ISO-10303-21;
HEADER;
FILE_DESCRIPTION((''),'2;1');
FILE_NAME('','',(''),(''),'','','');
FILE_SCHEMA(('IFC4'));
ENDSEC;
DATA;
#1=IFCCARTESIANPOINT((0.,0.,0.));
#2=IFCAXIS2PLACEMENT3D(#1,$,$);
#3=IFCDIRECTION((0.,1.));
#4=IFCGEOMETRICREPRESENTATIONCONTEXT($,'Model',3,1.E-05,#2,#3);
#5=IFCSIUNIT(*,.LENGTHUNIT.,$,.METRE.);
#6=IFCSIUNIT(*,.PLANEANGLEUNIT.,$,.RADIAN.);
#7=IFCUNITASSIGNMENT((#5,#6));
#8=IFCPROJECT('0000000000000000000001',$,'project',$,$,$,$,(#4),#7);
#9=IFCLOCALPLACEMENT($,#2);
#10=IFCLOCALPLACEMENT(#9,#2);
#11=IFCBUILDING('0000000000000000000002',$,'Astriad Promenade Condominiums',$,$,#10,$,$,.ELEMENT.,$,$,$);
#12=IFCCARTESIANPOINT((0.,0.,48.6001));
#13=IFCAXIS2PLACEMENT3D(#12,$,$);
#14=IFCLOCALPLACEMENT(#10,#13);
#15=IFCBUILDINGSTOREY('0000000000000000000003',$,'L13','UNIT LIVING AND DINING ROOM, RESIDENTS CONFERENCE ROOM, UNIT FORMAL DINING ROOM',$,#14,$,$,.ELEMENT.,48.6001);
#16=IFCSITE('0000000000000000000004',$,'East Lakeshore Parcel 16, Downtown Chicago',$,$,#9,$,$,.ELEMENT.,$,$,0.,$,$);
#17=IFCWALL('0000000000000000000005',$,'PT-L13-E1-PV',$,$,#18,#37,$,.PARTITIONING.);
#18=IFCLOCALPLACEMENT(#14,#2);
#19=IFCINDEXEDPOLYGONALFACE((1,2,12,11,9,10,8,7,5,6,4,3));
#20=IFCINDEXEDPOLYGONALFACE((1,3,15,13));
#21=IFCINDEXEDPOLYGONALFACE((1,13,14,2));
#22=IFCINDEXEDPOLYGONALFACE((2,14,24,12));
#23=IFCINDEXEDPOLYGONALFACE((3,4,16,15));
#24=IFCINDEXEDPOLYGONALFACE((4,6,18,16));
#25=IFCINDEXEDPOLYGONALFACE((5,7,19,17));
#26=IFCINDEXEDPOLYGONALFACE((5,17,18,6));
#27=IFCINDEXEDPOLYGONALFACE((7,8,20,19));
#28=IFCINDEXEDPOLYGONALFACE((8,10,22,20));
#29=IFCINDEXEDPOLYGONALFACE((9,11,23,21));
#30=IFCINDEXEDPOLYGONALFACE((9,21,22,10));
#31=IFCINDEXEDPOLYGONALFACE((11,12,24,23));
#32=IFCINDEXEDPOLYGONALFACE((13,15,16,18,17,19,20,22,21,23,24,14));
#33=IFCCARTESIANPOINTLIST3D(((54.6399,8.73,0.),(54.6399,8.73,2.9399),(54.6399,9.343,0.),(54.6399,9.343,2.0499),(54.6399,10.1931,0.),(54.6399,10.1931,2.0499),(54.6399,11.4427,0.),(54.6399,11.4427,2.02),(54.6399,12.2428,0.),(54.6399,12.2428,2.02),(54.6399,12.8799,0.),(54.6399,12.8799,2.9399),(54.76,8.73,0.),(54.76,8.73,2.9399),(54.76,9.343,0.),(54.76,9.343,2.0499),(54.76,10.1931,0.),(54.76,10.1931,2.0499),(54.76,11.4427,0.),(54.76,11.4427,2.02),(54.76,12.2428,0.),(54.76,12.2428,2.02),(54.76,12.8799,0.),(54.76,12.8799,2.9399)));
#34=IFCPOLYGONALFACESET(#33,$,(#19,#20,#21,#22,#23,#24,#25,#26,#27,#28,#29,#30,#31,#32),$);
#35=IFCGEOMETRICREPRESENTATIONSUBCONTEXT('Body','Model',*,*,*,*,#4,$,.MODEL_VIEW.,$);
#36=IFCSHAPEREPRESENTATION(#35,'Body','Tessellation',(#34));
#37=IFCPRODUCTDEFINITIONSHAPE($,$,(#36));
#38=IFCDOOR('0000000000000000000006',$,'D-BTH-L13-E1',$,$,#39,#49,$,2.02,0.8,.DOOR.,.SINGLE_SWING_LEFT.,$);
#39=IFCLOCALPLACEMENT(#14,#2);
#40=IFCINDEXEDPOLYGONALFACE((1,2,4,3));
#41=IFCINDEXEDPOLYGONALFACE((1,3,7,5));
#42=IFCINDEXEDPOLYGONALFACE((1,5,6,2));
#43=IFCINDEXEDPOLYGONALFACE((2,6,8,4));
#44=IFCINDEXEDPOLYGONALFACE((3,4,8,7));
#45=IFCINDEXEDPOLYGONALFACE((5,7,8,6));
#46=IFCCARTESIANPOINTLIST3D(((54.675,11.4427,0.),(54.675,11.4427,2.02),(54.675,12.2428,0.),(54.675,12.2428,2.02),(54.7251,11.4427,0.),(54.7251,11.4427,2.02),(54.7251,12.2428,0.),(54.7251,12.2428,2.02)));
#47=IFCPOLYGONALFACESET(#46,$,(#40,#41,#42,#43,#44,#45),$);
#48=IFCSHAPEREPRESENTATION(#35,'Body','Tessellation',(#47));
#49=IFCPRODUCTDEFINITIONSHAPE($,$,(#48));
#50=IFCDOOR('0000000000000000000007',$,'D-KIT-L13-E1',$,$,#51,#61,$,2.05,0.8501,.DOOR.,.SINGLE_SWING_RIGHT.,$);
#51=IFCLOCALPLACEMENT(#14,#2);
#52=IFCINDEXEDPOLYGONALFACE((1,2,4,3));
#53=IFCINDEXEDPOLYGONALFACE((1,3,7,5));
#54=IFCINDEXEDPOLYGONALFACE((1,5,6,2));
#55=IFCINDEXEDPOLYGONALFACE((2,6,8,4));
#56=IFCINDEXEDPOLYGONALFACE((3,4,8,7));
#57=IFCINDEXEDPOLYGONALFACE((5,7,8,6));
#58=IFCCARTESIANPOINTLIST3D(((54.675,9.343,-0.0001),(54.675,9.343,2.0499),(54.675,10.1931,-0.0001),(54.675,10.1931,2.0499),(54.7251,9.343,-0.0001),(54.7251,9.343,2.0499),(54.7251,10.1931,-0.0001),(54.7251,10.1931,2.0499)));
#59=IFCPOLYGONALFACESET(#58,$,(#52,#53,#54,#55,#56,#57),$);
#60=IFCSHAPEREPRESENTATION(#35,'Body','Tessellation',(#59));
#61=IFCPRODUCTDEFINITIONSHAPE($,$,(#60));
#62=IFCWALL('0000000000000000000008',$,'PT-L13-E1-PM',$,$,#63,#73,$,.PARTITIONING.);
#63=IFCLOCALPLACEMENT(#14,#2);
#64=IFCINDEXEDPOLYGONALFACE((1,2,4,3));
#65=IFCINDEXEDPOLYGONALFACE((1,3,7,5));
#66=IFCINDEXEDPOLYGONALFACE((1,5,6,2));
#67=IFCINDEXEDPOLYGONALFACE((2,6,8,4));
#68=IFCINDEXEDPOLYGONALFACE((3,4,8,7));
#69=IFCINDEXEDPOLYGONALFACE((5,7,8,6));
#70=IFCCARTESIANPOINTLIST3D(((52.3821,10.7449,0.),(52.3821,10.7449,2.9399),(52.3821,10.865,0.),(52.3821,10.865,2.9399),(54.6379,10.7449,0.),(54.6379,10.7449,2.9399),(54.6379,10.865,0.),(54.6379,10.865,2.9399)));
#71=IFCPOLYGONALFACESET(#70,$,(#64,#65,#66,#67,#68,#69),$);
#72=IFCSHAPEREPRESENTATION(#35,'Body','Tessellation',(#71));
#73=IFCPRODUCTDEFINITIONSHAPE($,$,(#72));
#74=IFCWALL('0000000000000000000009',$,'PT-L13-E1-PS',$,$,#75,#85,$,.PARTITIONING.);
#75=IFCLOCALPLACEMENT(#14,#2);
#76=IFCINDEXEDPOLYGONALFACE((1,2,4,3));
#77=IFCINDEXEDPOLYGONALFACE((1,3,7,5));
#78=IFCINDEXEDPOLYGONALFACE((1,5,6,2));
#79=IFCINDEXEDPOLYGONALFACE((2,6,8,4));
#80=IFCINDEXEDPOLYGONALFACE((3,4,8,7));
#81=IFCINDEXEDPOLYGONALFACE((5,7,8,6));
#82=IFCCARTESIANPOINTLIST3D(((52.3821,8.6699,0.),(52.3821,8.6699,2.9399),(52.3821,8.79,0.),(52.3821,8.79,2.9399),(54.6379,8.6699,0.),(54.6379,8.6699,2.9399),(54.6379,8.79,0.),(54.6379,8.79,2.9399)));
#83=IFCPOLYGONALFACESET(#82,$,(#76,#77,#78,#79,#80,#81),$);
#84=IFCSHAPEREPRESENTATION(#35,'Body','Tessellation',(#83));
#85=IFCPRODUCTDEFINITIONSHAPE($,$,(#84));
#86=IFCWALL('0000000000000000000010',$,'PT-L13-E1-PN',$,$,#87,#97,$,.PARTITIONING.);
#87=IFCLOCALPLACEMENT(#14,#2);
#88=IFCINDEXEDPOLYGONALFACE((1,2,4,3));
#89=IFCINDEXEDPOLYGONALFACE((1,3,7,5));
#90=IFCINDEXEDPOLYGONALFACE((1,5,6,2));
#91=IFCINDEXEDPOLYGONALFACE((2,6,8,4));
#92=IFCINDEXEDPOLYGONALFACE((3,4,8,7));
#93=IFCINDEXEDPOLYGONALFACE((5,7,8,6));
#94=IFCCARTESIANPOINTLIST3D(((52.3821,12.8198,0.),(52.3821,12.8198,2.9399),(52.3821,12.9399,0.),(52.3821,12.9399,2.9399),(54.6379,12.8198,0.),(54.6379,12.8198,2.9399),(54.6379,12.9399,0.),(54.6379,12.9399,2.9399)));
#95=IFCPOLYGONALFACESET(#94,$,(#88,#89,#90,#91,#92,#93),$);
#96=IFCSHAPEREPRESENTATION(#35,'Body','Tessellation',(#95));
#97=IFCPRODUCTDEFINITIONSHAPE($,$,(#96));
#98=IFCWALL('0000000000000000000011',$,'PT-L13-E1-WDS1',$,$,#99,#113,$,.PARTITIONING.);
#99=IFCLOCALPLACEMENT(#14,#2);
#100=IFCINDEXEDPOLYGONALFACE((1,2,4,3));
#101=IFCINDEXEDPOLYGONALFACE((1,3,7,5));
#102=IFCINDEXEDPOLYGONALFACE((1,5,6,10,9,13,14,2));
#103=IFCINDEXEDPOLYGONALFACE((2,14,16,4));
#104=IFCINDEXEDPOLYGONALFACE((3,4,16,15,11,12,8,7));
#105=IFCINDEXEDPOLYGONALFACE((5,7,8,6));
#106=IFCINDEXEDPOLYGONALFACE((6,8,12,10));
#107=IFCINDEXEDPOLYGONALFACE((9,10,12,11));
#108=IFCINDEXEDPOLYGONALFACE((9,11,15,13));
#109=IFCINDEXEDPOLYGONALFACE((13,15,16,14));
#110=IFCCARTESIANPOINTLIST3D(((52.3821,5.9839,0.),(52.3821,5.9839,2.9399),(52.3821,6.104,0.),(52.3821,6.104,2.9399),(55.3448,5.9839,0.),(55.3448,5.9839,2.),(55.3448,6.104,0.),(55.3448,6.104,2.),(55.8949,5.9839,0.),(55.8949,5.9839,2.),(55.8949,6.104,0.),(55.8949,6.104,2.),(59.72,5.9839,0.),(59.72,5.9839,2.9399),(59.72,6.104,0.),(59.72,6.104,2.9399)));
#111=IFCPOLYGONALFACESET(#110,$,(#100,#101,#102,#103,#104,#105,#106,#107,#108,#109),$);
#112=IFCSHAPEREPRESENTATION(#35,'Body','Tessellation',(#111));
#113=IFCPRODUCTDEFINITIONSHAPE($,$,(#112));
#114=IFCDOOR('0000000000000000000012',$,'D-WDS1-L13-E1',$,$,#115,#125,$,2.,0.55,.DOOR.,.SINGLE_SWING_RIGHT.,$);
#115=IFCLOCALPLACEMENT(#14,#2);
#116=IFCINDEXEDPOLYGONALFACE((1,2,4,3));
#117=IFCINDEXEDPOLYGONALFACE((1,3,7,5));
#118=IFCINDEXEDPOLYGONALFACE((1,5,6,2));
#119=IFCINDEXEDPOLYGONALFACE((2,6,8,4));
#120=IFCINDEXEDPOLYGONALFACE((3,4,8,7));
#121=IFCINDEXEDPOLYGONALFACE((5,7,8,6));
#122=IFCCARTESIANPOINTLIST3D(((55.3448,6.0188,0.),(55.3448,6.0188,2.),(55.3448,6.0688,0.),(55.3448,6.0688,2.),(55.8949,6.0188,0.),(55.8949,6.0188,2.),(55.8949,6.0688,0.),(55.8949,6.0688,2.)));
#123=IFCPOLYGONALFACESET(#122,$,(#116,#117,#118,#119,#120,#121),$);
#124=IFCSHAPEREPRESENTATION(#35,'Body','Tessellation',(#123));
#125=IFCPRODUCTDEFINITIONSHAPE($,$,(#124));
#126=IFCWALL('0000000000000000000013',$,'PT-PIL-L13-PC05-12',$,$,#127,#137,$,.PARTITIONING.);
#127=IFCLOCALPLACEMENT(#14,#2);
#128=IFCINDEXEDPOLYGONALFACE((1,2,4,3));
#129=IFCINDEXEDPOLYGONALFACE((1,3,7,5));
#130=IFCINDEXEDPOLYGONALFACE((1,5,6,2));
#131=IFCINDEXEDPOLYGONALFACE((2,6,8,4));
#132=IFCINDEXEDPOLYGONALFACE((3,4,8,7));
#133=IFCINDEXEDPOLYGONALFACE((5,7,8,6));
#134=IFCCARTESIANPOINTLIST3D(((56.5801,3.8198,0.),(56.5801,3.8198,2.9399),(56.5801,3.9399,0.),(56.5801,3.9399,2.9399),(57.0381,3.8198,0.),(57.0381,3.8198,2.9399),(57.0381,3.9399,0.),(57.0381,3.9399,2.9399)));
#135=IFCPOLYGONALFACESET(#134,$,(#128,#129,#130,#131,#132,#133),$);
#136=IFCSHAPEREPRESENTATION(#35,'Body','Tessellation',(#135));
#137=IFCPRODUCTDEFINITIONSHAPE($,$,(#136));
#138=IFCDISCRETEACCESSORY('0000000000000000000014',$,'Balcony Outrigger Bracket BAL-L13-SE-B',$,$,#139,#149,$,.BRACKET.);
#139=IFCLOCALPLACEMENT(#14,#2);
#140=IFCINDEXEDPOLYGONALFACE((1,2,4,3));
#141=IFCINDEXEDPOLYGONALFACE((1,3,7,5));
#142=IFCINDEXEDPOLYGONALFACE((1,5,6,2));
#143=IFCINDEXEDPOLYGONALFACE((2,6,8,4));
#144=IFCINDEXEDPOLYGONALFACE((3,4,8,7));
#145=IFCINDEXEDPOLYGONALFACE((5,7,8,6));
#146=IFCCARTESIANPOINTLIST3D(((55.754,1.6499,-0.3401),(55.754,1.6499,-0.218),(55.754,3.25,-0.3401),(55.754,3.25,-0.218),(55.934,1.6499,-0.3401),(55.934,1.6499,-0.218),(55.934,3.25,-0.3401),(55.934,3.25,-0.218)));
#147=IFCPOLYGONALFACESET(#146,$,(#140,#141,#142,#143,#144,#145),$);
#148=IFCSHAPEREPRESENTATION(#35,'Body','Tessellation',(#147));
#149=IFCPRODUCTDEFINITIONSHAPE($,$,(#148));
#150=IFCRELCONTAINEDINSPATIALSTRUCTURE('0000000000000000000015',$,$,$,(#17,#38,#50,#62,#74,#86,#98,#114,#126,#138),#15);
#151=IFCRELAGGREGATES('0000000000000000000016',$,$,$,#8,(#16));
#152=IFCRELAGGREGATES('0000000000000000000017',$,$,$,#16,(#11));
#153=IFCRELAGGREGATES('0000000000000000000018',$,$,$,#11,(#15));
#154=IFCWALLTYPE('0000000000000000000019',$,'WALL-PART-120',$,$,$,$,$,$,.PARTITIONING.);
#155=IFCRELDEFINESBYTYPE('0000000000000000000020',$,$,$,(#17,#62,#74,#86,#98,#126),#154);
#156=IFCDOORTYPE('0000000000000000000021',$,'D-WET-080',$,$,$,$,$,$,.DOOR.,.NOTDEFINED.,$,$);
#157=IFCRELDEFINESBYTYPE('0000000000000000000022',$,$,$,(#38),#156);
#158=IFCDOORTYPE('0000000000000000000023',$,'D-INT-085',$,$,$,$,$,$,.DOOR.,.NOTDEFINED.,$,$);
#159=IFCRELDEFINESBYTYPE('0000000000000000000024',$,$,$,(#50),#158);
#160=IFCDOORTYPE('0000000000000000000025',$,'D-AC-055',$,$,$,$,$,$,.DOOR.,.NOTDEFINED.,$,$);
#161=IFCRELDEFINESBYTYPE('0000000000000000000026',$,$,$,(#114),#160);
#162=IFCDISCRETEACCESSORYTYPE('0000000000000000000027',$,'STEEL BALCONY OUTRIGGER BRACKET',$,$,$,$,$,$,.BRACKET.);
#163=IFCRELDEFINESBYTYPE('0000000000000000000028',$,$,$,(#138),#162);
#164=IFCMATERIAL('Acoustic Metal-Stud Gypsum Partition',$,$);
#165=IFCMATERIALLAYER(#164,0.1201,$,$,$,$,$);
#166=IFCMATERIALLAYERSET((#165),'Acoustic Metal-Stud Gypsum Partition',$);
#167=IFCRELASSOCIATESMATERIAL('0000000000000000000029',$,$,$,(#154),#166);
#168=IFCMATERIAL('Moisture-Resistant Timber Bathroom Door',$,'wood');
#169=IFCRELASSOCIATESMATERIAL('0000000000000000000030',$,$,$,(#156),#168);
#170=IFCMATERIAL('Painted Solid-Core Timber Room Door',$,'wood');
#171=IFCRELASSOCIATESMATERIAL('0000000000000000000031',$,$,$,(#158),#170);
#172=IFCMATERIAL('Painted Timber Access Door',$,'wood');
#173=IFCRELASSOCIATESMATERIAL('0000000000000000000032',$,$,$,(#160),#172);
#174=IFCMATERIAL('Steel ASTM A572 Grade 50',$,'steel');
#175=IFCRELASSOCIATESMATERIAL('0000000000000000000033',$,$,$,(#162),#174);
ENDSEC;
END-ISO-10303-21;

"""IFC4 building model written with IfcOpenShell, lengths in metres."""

from ifc_helpers import new_model, si_unit, direction, frame, frame_2d, origin, origin_2d, place, context, subcontext, project, spatial, rectangle, extrude, source, transform, mapped, material, layer, layer_set, type_object, type_shapes, element, fill, save


model = new_model("IFC4")

# Units and contexts
model_context = context("Model", 3, precision=1e-05, world=origin(), true_north=direction((0.0, 1.0)))
body_context = subcontext(model_context, "Body", "Model", "MODEL_VIEW")
ifc_project = project(units=[si_unit("LENGTHUNIT", "METRE"), si_unit("PLANEANGLEUNIT", "RADIAN")], contexts=[model_context])

# Site, building, storey
site_placement = place(None, origin())
site = spatial("IfcSite", under=ifc_project, at=site_placement, Name="East Lakeshore Parcel 16, Downtown Chicago", CompositionType="ELEMENT", RefElevation=0.0)
building_placement = place(site_placement, origin())
building = spatial("IfcBuilding", under=site, at=building_placement, Name="Astriad Promenade Condominiums", CompositionType="ELEMENT")
storey_placement = place(building_placement, frame((0.0, 0.0, 48.6001)))
storey = spatial("IfcBuildingStorey", under=building, at=storey_placement, Name="L13", Description="UNIT LIVING AND DINING ROOM, RESIDENTS CONFERENCE ROOM, UNIT FORMAL DINING ROOM", CompositionType="ELEMENT", Elevation=48.6001)

# Shared definitions
ifc_material_1 = material(Name="Acoustic Metal-Stud Gypsum Partition")
ifc_layer_1 = layer(ifc_material_1, 0.1201)
ifc_layer_set_1 = layer_set([ifc_layer_1], Name="Acoustic Metal-Stud Gypsum Partition")
wall_type_1 = type_object("IfcWallType", Name="WALL-PART-120", PredefinedType="PARTITIONING", material=ifc_layer_set_1)

# Wall, openings, doors
wall_1_placement = place(storey_placement, frame((54.7, 8.73, 0.0), z_axis=(0.0, 0.0, 1.0), x_axis=(0.0, 1.0, 0.0)))
wall_1 = element("IfcWall", 1, at=wall_1_placement, inside=storey, type_object=wall_type_1, Name="PT-L13-E1-PV", PredefinedType="PARTITIONING", context=body_context, shape_type="SweptSolid", body=[
    extrude(rectangle(XDim=4.1499, YDim=0.1201, at=frame_2d((2.075, 0.0))), origin(), (0.0, 0.0, 1.0), 2.9399),
])
opening_1_placement = place(wall_1_placement, frame((0.613, 0.0, 0.0)))
opening_1 = element("IfcOpeningElement", 2, at=opening_1_placement, cuts=wall_1, PredefinedType="OPENING", context=body_context, shape_type="SweptSolid", body=[
    extrude(rectangle(XDim=0.8501, YDim=2.05, at=frame_2d((0.425, 1.0249))), frame((0.0, 0.0701, 0.0), z_axis=(0.0, -1.0, 0.0), x_axis=(1.0, 0.0, 0.0)), (0.0, 0.0, 1.0), 0.1401),
])
opening_2_placement = place(wall_1_placement, frame((2.7129, 0.0, 0.0)))
opening_2 = element("IfcOpeningElement", 3, at=opening_2_placement, cuts=wall_1, PredefinedType="OPENING", context=body_context, shape_type="SweptSolid", body=[
    extrude(rectangle(XDim=0.8, YDim=2.02, at=frame_2d((0.3999, 1.01))), frame((0.0, 0.0701, 0.0), z_axis=(0.0, -1.0, 0.0), x_axis=(1.0, 0.0, 0.0)), (0.0, 0.0, 1.0), 0.1401),
])
ifc_material_2 = material(Name="Moisture-Resistant Timber Bathroom Door", Category="wood")
door_type_1 = type_object("IfcDoorType", Name="D-WET-080", OperationType="NOTDEFINED", PredefinedType="DOOR", material=ifc_material_2)
shared_shape_1 = source(origin(), body_context, "Body", "SweptSolid", [
    extrude(rectangle(XDim=0.8, YDim=2.02, at=frame_2d((0.3999, 1.01))), frame((0.0, 0.0249, 0.0), z_axis=(0.0, -1.0, 0.0), x_axis=(1.0, 0.0, 0.0)), (0.0, 0.0, 1.0), 0.05),
])
type_shapes(door_type_1, [shared_shape_1])
door_1_placement = place(opening_2_placement, origin())
door_1 = element("IfcDoor", 4, at=door_1_placement, inside=storey, type_object=door_type_1, Name="D-BTH-L13-E1", OperationType="SINGLE_SWING_LEFT", OverallHeight=2.02, OverallWidth=0.8, PredefinedType="DOOR", context=body_context, shape_type="MappedRepresentation", body=[
    mapped(shared_shape_1, transform((0.0, 0.0, 0.0), scale=1.0)),
])
fill(opening_2, door_1)
ifc_material_3 = material(Name="Painted Solid-Core Timber Room Door", Category="wood")
door_type_2 = type_object("IfcDoorType", Name="D-INT-085", OperationType="NOTDEFINED", PredefinedType="DOOR", material=ifc_material_3)
shared_shape_2 = source(origin(), body_context, "Body", "SweptSolid", [
    extrude(rectangle(XDim=0.8501, YDim=2.05, at=frame_2d((0.425, 1.0249))), frame((0.0, 0.0249, 0.0), z_axis=(0.0, -1.0, 0.0), x_axis=(1.0, 0.0, 0.0)), (0.0, 0.0, 1.0), 0.05),
])
type_shapes(door_type_2, [shared_shape_2])
door_2_placement = place(opening_1_placement, origin())
door_2 = element("IfcDoor", 5, at=door_2_placement, inside=storey, type_object=door_type_2, Name="D-KIT-L13-E1", OperationType="SINGLE_SWING_RIGHT", OverallHeight=2.05, OverallWidth=0.8501, PredefinedType="DOOR", context=body_context, shape_type="MappedRepresentation", body=[
    mapped(shared_shape_2, transform((0.0, 0.0, 0.0), scale=1.0)),
])
fill(opening_1, door_2)

# Walls
for number, where, z_axis, x_axis, name in (
    (6, (52.3821, 10.8049, 0.0), (0.0, 0.0, 1.0), (1.0, 0.0, 0.0), "PT-L13-E1-PM"),
    (7, (52.3821, 8.73, 0.0), (0.0, 0.0, 1.0), (1.0, 0.0, 0.0), "PT-L13-E1-PS"),
    (8, (52.3821, 12.8799, 0.0), (0.0, 0.0, 1.0), (1.0, 0.0, 0.0), "PT-L13-E1-PN"),
):
    element("IfcWall", number, at=place(storey_placement, frame(where, z_axis=z_axis, x_axis=x_axis)), inside=storey, type_object=wall_type_1, Name=name, PredefinedType="PARTITIONING", context=body_context, shape_type="SweptSolid", body=[
        extrude(rectangle(XDim=2.2559, YDim=0.1201, at=frame_2d((1.1279, 0.0))), origin(), (0.0, 0.0, 1.0), 2.9399),
    ])

# Wall, opening, door
wall_2_placement = place(storey_placement, frame((52.3821, 6.0439, 0.0), z_axis=(0.0, 0.0, 1.0), x_axis=(1.0, 0.0, 0.0)))
wall_2 = element("IfcWall", 9, at=wall_2_placement, inside=storey, type_object=wall_type_1, Name="PT-L13-E1-WDS1", PredefinedType="PARTITIONING", context=body_context, shape_type="SweptSolid", body=[
    extrude(rectangle(XDim=7.3379, YDim=0.1201, at=frame_2d((3.6689, 0.0))), origin(), (0.0, 0.0, 1.0), 2.9399),
])
opening_3_placement = place(wall_2_placement, frame((2.9629, 0.0, 0.0)))
opening_3 = element("IfcOpeningElement", 10, at=opening_3_placement, cuts=wall_2, PredefinedType="OPENING", context=body_context, shape_type="SweptSolid", body=[
    extrude(rectangle(XDim=0.55, YDim=2.0, at=frame_2d((0.2749, 1.0))), frame((0.0, 0.0701, 0.0), z_axis=(0.0, -1.0, 0.0), x_axis=(1.0, 0.0, 0.0)), (0.0, 0.0, 1.0), 0.1401),
])
ifc_material_4 = material(Name="Painted Timber Access Door", Category="wood")
door_type_3 = type_object("IfcDoorType", Name="D-AC-055", OperationType="NOTDEFINED", PredefinedType="DOOR", material=ifc_material_4)
shared_shape_3 = source(origin(), body_context, "Body", "SweptSolid", [
    extrude(rectangle(XDim=0.55, YDim=2.0, at=frame_2d((0.2749, 1.0))), frame((0.0, 0.0249, 0.0), z_axis=(0.0, -1.0, 0.0), x_axis=(1.0, 0.0, 0.0)), (0.0, 0.0, 1.0), 0.05),
])
type_shapes(door_type_3, [shared_shape_3])
door_3_placement = place(opening_3_placement, origin())
door_3 = element("IfcDoor", 11, at=door_3_placement, inside=storey, type_object=door_type_3, Name="D-WDS1-L13-E1", OperationType="SINGLE_SWING_RIGHT", OverallHeight=2.0, OverallWidth=0.55, PredefinedType="DOOR", context=body_context, shape_type="MappedRepresentation", body=[
    mapped(shared_shape_3, transform((0.0, 0.0, 0.0), scale=1.0)),
])
fill(opening_3, door_3)

# Wall
wall_3_placement = place(storey_placement, frame((56.5801, 3.8799, 0.0), z_axis=(0.0, 0.0, 1.0), x_axis=(1.0, 0.0, 0.0)))
element("IfcWall", 12, at=wall_3_placement, inside=storey, type_object=wall_type_1, Name="PT-PIL-L13-PC05-12", PredefinedType="PARTITIONING", context=body_context, shape_type="SweptSolid", body=[
    extrude(rectangle(XDim=0.458, YDim=0.1201, at=frame_2d((0.229, 0.0))), origin(), (0.0, 0.0, 1.0), 2.9399),
])

# Discrete accessory
ifc_material_5 = material(Name="Steel ASTM A572 Grade 50", Category="steel")
discrete_accessory_type = type_object("IfcDiscreteAccessoryType", Name="STEEL BALCONY OUTRIGGER BRACKET", PredefinedType="BRACKET", material=ifc_material_5)
shared_shape_4 = source(origin(), body_context, "Body", "SweptSolid", [
    extrude(rectangle(XDim=1.6001, YDim=0.1799, at=origin_2d()), origin(), (0.0, 0.0, 1.0), 0.1221),
])
type_shapes(discrete_accessory_type, [shared_shape_4])
discrete_accessory_placement = place(storey_placement, frame((55.844, 2.45, -0.3401), z_axis=(0.0, 0.0, 1.0), x_axis=(0.0, -1.0, 0.0)))
element("IfcDiscreteAccessory", 13, at=discrete_accessory_placement, inside=storey, type_object=discrete_accessory_type, Name="Balcony Outrigger Bracket BAL-L13-SE-B", PredefinedType="BRACKET", context=body_context, shape_type="MappedRepresentation", body=[
    mapped(shared_shape_4, transform((0.0, 0.0, 0.0), scale=1.0)),
])

save(model, "model.ifc")
